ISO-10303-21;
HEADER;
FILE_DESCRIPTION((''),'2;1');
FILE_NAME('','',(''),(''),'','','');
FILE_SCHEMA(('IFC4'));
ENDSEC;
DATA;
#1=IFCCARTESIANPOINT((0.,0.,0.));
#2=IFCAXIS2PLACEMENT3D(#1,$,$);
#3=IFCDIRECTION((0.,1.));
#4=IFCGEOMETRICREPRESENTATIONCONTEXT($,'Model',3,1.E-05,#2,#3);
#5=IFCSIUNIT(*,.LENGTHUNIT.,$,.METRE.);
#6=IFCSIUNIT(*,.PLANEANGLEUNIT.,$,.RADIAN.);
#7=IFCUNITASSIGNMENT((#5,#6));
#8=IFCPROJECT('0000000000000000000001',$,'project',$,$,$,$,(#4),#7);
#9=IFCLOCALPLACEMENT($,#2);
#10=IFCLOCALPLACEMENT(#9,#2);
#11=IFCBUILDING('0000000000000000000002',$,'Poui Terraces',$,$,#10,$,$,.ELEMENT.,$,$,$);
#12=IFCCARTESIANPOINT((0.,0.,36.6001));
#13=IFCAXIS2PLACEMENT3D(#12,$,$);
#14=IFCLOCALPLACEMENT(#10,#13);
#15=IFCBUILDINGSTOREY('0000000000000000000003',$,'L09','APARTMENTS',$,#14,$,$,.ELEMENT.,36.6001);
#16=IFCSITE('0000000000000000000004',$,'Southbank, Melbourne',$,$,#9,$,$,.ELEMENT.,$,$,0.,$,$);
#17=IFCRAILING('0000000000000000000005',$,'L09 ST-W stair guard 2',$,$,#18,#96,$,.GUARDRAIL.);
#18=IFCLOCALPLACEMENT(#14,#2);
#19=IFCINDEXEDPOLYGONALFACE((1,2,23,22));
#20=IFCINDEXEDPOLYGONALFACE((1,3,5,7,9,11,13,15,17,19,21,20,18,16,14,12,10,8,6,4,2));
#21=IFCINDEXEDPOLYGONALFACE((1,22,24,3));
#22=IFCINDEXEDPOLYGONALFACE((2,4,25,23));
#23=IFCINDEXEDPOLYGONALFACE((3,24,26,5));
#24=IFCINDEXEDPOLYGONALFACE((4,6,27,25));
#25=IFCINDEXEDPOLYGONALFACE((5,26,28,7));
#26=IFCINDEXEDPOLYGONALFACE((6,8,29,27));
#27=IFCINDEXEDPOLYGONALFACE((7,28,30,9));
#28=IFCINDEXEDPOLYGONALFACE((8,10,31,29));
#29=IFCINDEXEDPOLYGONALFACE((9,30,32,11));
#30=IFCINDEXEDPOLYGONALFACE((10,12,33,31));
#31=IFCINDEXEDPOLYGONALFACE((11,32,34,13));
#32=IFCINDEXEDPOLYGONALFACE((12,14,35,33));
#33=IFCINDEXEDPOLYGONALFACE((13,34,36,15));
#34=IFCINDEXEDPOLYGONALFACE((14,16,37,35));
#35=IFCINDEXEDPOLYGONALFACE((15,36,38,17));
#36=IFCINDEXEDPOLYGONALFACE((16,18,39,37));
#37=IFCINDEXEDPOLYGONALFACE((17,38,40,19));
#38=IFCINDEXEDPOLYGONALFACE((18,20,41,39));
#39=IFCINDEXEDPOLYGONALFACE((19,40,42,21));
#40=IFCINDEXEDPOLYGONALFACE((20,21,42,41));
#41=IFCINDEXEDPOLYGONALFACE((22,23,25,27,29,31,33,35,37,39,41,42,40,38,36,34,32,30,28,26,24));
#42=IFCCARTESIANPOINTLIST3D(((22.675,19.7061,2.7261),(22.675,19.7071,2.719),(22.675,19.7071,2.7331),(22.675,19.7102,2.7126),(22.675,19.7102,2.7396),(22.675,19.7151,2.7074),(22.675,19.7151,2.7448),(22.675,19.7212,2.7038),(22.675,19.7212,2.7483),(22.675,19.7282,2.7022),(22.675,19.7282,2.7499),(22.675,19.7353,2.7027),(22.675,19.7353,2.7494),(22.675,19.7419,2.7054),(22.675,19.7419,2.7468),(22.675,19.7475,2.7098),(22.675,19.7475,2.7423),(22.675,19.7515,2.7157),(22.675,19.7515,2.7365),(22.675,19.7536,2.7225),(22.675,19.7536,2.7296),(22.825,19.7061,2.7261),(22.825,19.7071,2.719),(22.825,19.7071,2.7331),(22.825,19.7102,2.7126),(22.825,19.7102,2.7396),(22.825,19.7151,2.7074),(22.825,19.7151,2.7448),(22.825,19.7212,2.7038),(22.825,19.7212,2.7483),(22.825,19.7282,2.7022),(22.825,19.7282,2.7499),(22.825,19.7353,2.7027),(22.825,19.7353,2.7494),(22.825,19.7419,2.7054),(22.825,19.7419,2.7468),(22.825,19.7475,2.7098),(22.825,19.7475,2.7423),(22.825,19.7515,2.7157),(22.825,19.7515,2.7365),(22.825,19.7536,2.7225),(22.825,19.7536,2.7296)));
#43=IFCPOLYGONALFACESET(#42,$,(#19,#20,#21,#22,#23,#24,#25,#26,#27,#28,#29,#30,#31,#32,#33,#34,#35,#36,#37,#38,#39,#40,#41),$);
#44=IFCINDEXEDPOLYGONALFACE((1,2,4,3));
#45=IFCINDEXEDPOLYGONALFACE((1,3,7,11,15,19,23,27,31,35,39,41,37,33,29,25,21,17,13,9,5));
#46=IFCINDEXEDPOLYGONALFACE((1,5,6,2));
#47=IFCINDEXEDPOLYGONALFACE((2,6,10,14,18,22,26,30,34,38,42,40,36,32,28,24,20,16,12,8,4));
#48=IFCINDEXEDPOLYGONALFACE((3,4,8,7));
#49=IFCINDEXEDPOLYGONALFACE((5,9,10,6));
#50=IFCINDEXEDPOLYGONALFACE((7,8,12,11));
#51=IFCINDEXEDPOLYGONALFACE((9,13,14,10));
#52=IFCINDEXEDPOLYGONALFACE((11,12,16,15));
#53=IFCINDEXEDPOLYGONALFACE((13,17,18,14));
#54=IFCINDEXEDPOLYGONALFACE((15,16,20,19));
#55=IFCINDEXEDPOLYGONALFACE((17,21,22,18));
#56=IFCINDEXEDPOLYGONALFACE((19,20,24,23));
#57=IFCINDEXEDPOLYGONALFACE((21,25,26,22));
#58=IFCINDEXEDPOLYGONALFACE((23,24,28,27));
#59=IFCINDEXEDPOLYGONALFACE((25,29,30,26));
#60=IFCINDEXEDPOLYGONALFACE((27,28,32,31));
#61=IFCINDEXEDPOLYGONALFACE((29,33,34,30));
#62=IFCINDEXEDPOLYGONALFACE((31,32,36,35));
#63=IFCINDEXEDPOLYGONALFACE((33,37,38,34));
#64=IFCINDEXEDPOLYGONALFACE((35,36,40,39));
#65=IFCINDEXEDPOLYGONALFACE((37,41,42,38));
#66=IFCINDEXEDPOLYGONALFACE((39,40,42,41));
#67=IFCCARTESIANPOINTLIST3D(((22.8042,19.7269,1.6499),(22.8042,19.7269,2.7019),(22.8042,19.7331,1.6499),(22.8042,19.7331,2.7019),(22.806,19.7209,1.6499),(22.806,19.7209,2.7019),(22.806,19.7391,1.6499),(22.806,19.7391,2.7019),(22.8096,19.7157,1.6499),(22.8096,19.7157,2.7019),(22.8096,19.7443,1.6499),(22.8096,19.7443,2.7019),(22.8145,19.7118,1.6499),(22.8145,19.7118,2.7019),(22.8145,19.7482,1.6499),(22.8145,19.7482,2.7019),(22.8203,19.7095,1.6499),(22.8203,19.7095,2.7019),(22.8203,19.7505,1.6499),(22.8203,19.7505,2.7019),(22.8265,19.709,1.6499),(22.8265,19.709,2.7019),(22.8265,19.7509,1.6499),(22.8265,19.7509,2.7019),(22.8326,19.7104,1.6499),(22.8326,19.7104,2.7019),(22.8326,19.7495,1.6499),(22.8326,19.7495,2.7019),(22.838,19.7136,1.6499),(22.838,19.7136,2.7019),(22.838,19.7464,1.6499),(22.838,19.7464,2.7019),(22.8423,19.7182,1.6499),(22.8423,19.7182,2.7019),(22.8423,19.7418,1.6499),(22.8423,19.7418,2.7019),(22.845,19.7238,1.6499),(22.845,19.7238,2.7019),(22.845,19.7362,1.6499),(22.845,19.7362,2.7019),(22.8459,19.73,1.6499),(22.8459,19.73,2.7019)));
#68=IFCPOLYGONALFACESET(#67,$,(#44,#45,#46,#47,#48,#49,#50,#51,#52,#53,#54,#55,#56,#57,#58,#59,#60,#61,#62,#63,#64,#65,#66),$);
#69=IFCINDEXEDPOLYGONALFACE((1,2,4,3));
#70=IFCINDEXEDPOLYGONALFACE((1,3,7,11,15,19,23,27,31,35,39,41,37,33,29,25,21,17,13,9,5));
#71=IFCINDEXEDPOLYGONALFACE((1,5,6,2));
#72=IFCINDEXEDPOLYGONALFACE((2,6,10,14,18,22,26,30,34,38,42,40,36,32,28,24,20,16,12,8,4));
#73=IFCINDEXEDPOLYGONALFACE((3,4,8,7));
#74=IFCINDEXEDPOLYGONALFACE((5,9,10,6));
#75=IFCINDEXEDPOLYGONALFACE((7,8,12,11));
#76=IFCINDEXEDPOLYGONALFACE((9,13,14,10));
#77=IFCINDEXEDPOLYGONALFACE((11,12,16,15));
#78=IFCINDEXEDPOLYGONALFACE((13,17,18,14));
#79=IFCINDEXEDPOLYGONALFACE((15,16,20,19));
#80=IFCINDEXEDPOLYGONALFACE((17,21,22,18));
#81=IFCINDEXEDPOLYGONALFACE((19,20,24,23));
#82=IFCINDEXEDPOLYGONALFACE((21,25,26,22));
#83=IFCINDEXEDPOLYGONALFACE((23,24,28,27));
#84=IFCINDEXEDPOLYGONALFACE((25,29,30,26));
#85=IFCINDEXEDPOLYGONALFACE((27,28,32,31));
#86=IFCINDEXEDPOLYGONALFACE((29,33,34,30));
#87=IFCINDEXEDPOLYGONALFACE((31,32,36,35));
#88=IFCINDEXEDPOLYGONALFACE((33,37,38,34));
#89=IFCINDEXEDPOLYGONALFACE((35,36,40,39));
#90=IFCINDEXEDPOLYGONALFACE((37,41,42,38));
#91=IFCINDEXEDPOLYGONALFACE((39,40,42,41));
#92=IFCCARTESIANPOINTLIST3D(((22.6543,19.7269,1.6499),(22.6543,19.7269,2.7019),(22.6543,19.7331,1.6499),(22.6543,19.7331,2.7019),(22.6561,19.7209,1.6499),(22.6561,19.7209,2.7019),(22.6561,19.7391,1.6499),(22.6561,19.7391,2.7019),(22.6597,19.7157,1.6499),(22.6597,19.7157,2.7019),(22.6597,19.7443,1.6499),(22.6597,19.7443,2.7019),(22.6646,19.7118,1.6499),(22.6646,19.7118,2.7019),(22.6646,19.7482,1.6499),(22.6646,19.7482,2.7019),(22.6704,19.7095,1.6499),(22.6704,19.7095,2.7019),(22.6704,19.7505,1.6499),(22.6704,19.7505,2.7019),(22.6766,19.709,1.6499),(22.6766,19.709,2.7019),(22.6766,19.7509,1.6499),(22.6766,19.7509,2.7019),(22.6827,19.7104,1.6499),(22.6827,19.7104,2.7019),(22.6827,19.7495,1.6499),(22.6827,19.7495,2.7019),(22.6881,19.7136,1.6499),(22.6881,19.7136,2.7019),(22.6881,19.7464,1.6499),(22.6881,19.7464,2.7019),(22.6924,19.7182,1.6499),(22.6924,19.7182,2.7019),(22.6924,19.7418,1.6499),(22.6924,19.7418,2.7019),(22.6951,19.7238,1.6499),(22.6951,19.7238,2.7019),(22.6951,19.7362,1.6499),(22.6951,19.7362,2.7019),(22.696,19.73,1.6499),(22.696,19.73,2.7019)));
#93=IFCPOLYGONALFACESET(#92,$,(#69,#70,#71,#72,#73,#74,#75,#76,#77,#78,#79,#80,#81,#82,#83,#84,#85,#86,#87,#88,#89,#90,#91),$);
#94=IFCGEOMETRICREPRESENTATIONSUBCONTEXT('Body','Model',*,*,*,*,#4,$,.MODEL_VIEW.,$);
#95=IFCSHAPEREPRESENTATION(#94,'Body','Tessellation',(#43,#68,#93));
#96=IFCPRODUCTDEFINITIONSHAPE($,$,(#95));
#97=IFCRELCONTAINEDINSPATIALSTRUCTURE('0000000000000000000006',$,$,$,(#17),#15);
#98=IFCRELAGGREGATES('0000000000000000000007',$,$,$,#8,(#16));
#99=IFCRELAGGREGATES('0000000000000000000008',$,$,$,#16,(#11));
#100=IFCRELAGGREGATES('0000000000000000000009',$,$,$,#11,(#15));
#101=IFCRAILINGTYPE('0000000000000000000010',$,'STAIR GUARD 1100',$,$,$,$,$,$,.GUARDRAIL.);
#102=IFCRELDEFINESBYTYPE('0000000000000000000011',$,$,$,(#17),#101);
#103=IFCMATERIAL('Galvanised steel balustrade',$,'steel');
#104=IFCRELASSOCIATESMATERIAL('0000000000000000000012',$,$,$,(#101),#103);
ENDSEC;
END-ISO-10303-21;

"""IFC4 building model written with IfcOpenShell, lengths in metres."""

from ifc_helpers import new_model, si_unit, direction, frame, origin, origin_2d, place, context, subcontext, project, spatial, circle, extrude, material, type_object, element, save


model = new_model("IFC4")

# Units and contexts
model_context = context("Model", 3, precision=1e-05, world=origin(), true_north=direction((0.0, 1.0)))
body_context = subcontext(model_context, "Body", "Model", "MODEL_VIEW")
ifc_project = project(units=[si_unit("LENGTHUNIT", "METRE"), si_unit("PLANEANGLEUNIT", "RADIAN")], contexts=[model_context])

# Site, building, storey
site_placement = place(None, origin())
site = spatial("IfcSite", under=ifc_project, at=site_placement, Name="Southbank, Melbourne", CompositionType="ELEMENT", RefElevation=0.0)
building_placement = place(site_placement, origin())
building = spatial("IfcBuilding", under=site, at=building_placement, Name="Poui Terraces", CompositionType="ELEMENT")
storey_placement = place(building_placement, frame((0.0, 0.0, 36.6001)))
storey = spatial("IfcBuildingStorey", under=building, at=storey_placement, Name="L09", Description="APARTMENTS", CompositionType="ELEMENT", Elevation=36.6001)

# Railing
ifc_material_1 = material(Name="Galvanised steel balustrade", Category="steel")
railing_type_1 = type_object("IfcRailingType", Name="STAIR GUARD 1100", PredefinedType="GUARDRAIL", material=ifc_material_1)
railing_1_placement = place(storey_placement, frame((22.825, 19.73, 1.6499)))
element("IfcRailing", 1, at=railing_1_placement, inside=storey, type_object=railing_type_1, Name="L09 ST-W stair guard 2", PredefinedType="GUARDRAIL", context=body_context, shape_type="SweptSolid", body=[
    extrude(circle(Radius=0.0239, at=origin_2d()), frame((0.0, 0.0, 1.0762), z_axis=(-1.0, 0.0, 0.0), x_axis=(0.0, -1.0, 0.0)), (0.0, 0.0, 1.0), 0.1499),
    extrude(circle(Radius=0.021, at=origin_2d()), origin(), (0.0, 0.0, 1.0), 1.052),
    extrude(circle(Radius=0.021, at=origin_2d()), frame((-0.1499, 0.0, 0.0)), (0.0, 0.0, 1.0), 1.052),
])

save(model, "model.ifc")
